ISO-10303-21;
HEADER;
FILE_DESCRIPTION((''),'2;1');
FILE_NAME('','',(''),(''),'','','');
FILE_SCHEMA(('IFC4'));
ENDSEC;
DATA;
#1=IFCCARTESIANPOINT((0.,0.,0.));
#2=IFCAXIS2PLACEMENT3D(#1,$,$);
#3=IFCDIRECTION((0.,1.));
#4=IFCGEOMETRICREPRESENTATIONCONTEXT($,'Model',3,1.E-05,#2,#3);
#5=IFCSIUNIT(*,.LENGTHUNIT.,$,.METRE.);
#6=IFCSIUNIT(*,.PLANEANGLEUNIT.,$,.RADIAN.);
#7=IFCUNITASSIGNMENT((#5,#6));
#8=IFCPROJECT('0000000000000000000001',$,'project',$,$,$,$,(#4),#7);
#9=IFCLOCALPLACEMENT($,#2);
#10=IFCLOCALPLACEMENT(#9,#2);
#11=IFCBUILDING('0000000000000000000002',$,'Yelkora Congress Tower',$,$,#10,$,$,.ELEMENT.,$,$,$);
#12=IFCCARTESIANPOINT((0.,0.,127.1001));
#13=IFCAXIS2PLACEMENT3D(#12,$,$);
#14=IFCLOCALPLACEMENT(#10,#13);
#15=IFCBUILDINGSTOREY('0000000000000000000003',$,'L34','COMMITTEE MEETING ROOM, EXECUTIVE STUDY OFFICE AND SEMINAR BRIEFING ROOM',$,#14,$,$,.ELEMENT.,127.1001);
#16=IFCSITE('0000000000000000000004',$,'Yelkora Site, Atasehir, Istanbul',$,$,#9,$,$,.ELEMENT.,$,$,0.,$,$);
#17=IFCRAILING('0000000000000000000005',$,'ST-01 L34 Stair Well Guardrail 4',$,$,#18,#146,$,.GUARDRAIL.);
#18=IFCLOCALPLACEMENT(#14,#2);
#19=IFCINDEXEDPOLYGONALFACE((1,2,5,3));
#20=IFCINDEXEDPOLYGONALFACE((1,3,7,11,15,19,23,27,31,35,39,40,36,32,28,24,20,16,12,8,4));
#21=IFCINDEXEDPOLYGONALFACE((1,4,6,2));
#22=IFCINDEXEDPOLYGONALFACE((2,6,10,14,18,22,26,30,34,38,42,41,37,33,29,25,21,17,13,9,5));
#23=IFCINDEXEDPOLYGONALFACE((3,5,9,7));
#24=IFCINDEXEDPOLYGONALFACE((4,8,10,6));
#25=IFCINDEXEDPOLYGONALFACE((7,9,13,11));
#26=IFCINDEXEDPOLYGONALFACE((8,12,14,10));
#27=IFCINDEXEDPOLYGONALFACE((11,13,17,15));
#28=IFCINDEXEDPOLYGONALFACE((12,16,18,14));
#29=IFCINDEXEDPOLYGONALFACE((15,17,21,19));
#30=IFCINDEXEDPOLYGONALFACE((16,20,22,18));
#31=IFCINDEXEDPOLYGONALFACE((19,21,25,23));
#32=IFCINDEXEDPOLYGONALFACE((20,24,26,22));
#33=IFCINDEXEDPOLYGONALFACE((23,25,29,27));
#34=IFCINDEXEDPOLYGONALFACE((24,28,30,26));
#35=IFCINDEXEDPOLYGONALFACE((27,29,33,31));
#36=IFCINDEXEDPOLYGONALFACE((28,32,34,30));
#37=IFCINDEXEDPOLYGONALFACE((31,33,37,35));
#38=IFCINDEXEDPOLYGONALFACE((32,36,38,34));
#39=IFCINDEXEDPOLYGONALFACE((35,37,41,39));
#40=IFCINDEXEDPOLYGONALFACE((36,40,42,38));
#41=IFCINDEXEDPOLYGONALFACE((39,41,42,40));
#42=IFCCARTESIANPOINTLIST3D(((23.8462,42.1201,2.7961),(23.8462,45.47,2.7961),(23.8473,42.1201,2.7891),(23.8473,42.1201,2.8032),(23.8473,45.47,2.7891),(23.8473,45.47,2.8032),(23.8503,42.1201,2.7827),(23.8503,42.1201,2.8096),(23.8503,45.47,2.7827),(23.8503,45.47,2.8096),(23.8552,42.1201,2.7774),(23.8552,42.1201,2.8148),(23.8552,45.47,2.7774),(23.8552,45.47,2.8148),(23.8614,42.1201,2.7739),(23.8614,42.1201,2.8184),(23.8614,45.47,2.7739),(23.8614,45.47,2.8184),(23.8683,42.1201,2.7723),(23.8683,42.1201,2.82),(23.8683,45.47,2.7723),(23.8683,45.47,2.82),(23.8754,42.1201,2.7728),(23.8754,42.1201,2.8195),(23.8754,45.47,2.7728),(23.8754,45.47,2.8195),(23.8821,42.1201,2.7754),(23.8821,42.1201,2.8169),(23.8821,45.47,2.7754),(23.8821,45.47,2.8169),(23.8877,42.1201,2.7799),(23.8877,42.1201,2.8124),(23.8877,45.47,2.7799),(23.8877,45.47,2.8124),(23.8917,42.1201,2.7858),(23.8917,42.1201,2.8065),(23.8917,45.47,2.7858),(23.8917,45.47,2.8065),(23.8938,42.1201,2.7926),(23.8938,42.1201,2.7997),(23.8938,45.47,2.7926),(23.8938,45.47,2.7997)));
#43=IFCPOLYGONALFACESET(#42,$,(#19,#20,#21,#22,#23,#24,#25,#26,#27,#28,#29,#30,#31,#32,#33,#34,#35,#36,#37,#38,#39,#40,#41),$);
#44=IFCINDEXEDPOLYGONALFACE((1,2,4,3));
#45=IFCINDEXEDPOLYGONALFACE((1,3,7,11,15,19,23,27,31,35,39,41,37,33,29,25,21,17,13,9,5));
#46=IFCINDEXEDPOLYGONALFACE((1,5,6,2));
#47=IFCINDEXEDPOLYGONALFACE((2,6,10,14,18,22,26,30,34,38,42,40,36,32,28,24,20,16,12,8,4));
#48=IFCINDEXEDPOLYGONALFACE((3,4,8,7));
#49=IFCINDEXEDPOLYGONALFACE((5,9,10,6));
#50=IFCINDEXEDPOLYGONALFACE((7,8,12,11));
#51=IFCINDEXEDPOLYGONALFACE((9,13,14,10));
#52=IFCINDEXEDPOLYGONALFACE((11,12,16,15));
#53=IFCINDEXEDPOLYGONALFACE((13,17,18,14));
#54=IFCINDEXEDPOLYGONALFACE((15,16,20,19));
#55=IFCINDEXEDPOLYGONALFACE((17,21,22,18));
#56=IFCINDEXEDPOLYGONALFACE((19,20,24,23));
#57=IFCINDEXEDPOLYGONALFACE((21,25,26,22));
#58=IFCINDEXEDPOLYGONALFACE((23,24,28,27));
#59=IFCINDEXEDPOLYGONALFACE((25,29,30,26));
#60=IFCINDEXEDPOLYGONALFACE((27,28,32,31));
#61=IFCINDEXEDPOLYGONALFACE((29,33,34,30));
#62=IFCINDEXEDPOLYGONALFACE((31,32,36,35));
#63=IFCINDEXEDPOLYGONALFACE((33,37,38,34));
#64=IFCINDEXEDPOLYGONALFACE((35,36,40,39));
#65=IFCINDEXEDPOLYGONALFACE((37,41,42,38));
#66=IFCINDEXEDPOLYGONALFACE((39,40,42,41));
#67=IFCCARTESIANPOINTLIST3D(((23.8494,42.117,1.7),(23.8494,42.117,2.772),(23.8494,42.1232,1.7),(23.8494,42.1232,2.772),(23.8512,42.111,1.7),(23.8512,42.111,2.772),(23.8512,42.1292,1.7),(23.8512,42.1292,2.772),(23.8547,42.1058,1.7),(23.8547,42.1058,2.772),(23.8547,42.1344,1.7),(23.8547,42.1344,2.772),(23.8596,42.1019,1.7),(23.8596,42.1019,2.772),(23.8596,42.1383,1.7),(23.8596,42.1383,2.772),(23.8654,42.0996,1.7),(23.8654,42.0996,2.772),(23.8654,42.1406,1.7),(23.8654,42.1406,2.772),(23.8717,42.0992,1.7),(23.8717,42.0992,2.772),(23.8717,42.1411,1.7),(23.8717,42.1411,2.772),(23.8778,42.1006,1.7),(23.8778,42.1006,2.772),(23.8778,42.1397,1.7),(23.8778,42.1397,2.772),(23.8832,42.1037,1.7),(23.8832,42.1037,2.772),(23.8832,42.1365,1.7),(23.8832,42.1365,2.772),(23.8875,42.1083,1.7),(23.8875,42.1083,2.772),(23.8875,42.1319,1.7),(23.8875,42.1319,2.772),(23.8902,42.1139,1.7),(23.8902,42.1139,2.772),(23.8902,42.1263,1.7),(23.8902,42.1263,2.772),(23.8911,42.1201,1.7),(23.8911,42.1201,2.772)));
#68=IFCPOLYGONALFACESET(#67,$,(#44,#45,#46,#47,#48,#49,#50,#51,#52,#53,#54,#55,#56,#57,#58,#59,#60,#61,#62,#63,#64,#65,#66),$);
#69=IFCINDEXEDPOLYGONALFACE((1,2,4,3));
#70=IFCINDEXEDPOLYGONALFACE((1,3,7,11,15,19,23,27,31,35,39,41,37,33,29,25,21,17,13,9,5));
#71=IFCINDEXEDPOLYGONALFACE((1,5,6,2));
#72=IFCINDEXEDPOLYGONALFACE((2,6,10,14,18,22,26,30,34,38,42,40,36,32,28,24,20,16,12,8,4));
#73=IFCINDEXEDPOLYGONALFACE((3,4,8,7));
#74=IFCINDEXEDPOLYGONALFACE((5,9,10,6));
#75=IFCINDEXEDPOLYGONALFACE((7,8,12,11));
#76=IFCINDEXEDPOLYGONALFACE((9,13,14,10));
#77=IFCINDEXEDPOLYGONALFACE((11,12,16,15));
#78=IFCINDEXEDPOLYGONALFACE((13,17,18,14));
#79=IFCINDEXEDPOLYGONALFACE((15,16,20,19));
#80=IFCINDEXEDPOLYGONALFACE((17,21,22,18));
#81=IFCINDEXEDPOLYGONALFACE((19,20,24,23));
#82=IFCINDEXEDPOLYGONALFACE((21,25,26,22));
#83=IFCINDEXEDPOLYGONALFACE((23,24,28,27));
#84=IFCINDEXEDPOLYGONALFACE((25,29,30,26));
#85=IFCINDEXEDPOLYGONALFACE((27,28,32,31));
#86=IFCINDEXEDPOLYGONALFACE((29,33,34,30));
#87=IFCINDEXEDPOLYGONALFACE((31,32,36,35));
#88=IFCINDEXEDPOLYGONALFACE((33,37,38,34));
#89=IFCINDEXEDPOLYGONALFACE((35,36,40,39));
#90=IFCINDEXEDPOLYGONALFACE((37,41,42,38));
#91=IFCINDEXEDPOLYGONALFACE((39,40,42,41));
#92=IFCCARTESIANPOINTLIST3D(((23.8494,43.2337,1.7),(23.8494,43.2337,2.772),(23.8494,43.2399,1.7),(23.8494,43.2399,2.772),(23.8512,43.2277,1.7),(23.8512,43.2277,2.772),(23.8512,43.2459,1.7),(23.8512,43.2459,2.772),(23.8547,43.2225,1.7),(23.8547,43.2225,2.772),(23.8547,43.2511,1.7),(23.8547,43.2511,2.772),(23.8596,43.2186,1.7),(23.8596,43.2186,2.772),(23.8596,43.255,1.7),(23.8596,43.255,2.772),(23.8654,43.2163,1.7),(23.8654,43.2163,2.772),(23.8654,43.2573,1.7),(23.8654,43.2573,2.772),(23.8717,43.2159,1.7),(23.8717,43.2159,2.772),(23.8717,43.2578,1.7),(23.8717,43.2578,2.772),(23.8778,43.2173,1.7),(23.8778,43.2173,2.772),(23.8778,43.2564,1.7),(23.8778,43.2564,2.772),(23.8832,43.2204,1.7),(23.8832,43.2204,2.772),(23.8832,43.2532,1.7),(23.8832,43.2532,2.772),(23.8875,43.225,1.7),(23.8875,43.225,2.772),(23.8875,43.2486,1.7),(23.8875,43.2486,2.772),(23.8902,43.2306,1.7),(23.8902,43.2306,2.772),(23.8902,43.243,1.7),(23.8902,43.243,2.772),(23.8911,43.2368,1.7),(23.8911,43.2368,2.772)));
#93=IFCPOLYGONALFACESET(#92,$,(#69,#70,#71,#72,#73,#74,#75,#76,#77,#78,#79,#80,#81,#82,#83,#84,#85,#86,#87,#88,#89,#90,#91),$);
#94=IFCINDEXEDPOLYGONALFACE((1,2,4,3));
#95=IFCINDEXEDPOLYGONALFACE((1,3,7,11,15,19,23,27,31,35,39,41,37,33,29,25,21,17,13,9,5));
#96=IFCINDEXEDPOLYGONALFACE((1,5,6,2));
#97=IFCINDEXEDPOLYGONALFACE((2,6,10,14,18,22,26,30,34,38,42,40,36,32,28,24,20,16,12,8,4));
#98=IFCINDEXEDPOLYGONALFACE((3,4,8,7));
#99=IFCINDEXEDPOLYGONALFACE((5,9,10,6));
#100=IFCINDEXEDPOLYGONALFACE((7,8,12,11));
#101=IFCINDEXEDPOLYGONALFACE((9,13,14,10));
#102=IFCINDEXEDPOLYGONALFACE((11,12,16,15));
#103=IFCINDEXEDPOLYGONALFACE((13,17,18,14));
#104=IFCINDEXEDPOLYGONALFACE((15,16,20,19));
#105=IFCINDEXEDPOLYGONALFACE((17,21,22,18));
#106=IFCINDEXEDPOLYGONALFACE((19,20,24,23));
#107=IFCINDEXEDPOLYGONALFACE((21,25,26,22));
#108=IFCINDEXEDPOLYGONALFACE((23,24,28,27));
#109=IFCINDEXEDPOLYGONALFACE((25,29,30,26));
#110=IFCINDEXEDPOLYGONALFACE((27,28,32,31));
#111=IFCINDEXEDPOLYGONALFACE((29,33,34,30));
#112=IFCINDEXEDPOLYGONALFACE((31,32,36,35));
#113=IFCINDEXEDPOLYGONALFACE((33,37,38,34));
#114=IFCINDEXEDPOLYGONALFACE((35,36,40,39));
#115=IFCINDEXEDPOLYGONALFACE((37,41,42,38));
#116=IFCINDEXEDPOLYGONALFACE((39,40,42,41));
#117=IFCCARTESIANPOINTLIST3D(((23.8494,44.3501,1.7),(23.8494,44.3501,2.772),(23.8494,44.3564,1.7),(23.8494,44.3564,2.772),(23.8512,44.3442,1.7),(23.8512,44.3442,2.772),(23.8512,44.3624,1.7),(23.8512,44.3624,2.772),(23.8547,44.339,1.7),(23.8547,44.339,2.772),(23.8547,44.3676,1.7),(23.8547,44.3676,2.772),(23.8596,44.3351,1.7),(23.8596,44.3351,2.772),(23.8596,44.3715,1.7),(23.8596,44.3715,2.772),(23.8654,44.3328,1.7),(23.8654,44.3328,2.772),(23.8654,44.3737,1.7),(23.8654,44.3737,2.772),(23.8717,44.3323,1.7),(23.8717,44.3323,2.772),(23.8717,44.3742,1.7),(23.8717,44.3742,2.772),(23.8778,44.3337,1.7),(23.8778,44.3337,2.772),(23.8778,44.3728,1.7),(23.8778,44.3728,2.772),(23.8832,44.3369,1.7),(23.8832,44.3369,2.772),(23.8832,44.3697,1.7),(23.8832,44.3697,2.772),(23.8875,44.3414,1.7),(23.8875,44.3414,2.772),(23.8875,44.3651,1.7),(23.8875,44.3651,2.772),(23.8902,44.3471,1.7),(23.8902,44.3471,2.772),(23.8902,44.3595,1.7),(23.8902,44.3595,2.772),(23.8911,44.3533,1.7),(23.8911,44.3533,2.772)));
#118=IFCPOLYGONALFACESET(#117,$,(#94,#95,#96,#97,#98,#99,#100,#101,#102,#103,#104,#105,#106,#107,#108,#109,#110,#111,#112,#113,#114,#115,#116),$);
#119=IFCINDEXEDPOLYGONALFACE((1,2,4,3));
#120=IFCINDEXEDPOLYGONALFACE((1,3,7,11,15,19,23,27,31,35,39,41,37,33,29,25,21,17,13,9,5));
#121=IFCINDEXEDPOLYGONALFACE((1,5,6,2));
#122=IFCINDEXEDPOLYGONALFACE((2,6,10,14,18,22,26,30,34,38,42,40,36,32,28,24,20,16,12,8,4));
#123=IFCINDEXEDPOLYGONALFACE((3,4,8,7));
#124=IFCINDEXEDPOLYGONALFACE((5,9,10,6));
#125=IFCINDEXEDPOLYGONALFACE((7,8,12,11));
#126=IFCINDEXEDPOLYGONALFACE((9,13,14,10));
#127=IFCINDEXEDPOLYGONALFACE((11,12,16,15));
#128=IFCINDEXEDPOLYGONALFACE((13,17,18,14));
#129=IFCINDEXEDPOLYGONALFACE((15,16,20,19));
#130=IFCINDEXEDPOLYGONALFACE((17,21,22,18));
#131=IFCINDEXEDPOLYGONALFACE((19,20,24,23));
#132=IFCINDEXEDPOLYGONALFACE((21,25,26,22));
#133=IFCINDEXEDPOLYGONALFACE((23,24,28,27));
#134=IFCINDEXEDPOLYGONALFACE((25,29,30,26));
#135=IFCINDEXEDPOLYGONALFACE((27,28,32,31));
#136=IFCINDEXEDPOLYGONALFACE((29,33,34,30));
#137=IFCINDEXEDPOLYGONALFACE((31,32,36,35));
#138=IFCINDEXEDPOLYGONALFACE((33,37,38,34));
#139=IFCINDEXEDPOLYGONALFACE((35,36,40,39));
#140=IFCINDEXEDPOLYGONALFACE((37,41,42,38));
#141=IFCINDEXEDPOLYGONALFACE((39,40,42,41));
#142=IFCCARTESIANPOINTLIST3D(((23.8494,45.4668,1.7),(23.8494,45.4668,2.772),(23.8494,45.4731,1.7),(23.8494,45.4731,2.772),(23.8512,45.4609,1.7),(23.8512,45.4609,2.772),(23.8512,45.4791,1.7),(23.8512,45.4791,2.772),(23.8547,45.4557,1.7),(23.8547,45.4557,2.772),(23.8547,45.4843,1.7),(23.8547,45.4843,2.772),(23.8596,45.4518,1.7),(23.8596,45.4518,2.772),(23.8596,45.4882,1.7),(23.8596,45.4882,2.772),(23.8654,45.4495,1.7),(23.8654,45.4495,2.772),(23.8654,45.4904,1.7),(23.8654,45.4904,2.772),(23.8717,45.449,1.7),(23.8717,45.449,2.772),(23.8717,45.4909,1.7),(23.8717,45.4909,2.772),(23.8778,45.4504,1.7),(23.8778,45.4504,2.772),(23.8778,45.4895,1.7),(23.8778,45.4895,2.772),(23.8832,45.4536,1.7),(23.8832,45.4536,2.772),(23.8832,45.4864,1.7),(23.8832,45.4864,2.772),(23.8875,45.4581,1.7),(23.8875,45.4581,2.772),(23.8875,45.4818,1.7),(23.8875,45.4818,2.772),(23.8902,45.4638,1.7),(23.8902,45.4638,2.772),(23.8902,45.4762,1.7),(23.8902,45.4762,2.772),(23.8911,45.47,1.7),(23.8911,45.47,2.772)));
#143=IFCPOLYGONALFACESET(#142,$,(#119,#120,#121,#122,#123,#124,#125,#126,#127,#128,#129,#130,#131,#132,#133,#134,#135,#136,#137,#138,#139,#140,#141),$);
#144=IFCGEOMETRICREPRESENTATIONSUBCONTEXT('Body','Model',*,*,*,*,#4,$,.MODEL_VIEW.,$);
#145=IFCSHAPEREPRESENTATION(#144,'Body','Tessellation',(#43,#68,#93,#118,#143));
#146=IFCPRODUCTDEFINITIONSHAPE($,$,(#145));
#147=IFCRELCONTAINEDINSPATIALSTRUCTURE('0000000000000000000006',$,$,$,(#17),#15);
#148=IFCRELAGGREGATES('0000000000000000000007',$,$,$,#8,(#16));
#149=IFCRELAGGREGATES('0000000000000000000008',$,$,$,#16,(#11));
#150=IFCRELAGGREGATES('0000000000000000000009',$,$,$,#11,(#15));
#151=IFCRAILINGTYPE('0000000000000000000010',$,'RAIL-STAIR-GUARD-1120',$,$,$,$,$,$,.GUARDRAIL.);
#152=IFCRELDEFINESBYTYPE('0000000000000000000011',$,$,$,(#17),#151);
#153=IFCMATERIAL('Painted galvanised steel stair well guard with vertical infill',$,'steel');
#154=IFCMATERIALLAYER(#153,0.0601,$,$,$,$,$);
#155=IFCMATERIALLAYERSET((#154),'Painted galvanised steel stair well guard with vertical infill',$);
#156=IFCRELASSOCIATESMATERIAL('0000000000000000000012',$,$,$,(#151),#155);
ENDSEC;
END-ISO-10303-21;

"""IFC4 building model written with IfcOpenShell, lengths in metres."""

from ifc_helpers import new_model, si_unit, direction, frame, origin, origin_2d, place, context, subcontext, project, spatial, circle, extrude, material, layer, layer_set, type_object, element, save


model = new_model("IFC4")

# Units and contexts
model_context = context("Model", 3, precision=1e-05, world=origin(), true_north=direction((0.0, 1.0)))
body_context = subcontext(model_context, "Body", "Model", "MODEL_VIEW")
ifc_project = project(units=[si_unit("LENGTHUNIT", "METRE"), si_unit("PLANEANGLEUNIT", "RADIAN")], contexts=[model_context])

# Site, building, storey
site_placement = place(None, origin())
site = spatial("IfcSite", under=ifc_project, at=site_placement, Name="Yelkora Site, Atasehir, Istanbul", CompositionType="ELEMENT", RefElevation=0.0)
building_placement = place(site_placement, origin())
building = spatial("IfcBuilding", under=site, at=building_placement, Name="Yelkora Congress Tower", CompositionType="ELEMENT")
storey_placement = place(building_placement, frame((0.0, 0.0, 127.1001)))
storey = spatial("IfcBuildingStorey", under=building, at=storey_placement, Name="L34", Description="COMMITTEE MEETING ROOM, EXECUTIVE STUDY OFFICE AND SEMINAR BRIEFING ROOM", CompositionType="ELEMENT", Elevation=127.1001)

# Railing
ifc_material_1 = material(Name="Painted galvanised steel stair well guard with vertical infill", Category="steel")
ifc_layer_1 = layer(ifc_material_1, 0.0601)
ifc_layer_set_1 = layer_set([ifc_layer_1], Name="Painted galvanised steel stair well guard with vertical infill")
railing_type_1 = type_object("IfcRailingType", Name="RAIL-STAIR-GUARD-1120", PredefinedType="GUARDRAIL", material=ifc_layer_set_1)
railing_1_placement = place(storey_placement, frame((23.8701, 42.1201, 1.7)))
element("IfcRailing", 1, at=railing_1_placement, inside=storey, type_object=railing_type_1, Name="ST-01 L34 Stair Well Guardrail 4", PredefinedType="GUARDRAIL", context=body_context, shape_type="SweptSolid", body=[
    extrude(circle(Radius=0.0239, at=origin_2d()), frame((0.0, 0.0, 1.0962), z_axis=(0.0, 1.0, 0.0), x_axis=(-1.0, 0.0, 0.0)), (0.0, 0.0, 1.0), 3.3499),
    extrude(circle(Radius=0.021, at=origin_2d()), origin(), (0.0, 0.0, 1.0), 1.072),
    extrude(circle(Radius=0.021, at=origin_2d()), frame((0.0, 1.1167, 0.0)), (0.0, 0.0, 1.0), 1.072),
    extrude(circle(Radius=0.021, at=origin_2d()), frame((0.0, 2.2332, 0.0)), (0.0, 0.0, 1.0), 1.072),
    extrude(circle(Radius=0.021, at=origin_2d()), frame((0.0, 3.3499, 0.0)), (0.0, 0.0, 1.0), 1.072),
])

save(model, "model.ifc")
